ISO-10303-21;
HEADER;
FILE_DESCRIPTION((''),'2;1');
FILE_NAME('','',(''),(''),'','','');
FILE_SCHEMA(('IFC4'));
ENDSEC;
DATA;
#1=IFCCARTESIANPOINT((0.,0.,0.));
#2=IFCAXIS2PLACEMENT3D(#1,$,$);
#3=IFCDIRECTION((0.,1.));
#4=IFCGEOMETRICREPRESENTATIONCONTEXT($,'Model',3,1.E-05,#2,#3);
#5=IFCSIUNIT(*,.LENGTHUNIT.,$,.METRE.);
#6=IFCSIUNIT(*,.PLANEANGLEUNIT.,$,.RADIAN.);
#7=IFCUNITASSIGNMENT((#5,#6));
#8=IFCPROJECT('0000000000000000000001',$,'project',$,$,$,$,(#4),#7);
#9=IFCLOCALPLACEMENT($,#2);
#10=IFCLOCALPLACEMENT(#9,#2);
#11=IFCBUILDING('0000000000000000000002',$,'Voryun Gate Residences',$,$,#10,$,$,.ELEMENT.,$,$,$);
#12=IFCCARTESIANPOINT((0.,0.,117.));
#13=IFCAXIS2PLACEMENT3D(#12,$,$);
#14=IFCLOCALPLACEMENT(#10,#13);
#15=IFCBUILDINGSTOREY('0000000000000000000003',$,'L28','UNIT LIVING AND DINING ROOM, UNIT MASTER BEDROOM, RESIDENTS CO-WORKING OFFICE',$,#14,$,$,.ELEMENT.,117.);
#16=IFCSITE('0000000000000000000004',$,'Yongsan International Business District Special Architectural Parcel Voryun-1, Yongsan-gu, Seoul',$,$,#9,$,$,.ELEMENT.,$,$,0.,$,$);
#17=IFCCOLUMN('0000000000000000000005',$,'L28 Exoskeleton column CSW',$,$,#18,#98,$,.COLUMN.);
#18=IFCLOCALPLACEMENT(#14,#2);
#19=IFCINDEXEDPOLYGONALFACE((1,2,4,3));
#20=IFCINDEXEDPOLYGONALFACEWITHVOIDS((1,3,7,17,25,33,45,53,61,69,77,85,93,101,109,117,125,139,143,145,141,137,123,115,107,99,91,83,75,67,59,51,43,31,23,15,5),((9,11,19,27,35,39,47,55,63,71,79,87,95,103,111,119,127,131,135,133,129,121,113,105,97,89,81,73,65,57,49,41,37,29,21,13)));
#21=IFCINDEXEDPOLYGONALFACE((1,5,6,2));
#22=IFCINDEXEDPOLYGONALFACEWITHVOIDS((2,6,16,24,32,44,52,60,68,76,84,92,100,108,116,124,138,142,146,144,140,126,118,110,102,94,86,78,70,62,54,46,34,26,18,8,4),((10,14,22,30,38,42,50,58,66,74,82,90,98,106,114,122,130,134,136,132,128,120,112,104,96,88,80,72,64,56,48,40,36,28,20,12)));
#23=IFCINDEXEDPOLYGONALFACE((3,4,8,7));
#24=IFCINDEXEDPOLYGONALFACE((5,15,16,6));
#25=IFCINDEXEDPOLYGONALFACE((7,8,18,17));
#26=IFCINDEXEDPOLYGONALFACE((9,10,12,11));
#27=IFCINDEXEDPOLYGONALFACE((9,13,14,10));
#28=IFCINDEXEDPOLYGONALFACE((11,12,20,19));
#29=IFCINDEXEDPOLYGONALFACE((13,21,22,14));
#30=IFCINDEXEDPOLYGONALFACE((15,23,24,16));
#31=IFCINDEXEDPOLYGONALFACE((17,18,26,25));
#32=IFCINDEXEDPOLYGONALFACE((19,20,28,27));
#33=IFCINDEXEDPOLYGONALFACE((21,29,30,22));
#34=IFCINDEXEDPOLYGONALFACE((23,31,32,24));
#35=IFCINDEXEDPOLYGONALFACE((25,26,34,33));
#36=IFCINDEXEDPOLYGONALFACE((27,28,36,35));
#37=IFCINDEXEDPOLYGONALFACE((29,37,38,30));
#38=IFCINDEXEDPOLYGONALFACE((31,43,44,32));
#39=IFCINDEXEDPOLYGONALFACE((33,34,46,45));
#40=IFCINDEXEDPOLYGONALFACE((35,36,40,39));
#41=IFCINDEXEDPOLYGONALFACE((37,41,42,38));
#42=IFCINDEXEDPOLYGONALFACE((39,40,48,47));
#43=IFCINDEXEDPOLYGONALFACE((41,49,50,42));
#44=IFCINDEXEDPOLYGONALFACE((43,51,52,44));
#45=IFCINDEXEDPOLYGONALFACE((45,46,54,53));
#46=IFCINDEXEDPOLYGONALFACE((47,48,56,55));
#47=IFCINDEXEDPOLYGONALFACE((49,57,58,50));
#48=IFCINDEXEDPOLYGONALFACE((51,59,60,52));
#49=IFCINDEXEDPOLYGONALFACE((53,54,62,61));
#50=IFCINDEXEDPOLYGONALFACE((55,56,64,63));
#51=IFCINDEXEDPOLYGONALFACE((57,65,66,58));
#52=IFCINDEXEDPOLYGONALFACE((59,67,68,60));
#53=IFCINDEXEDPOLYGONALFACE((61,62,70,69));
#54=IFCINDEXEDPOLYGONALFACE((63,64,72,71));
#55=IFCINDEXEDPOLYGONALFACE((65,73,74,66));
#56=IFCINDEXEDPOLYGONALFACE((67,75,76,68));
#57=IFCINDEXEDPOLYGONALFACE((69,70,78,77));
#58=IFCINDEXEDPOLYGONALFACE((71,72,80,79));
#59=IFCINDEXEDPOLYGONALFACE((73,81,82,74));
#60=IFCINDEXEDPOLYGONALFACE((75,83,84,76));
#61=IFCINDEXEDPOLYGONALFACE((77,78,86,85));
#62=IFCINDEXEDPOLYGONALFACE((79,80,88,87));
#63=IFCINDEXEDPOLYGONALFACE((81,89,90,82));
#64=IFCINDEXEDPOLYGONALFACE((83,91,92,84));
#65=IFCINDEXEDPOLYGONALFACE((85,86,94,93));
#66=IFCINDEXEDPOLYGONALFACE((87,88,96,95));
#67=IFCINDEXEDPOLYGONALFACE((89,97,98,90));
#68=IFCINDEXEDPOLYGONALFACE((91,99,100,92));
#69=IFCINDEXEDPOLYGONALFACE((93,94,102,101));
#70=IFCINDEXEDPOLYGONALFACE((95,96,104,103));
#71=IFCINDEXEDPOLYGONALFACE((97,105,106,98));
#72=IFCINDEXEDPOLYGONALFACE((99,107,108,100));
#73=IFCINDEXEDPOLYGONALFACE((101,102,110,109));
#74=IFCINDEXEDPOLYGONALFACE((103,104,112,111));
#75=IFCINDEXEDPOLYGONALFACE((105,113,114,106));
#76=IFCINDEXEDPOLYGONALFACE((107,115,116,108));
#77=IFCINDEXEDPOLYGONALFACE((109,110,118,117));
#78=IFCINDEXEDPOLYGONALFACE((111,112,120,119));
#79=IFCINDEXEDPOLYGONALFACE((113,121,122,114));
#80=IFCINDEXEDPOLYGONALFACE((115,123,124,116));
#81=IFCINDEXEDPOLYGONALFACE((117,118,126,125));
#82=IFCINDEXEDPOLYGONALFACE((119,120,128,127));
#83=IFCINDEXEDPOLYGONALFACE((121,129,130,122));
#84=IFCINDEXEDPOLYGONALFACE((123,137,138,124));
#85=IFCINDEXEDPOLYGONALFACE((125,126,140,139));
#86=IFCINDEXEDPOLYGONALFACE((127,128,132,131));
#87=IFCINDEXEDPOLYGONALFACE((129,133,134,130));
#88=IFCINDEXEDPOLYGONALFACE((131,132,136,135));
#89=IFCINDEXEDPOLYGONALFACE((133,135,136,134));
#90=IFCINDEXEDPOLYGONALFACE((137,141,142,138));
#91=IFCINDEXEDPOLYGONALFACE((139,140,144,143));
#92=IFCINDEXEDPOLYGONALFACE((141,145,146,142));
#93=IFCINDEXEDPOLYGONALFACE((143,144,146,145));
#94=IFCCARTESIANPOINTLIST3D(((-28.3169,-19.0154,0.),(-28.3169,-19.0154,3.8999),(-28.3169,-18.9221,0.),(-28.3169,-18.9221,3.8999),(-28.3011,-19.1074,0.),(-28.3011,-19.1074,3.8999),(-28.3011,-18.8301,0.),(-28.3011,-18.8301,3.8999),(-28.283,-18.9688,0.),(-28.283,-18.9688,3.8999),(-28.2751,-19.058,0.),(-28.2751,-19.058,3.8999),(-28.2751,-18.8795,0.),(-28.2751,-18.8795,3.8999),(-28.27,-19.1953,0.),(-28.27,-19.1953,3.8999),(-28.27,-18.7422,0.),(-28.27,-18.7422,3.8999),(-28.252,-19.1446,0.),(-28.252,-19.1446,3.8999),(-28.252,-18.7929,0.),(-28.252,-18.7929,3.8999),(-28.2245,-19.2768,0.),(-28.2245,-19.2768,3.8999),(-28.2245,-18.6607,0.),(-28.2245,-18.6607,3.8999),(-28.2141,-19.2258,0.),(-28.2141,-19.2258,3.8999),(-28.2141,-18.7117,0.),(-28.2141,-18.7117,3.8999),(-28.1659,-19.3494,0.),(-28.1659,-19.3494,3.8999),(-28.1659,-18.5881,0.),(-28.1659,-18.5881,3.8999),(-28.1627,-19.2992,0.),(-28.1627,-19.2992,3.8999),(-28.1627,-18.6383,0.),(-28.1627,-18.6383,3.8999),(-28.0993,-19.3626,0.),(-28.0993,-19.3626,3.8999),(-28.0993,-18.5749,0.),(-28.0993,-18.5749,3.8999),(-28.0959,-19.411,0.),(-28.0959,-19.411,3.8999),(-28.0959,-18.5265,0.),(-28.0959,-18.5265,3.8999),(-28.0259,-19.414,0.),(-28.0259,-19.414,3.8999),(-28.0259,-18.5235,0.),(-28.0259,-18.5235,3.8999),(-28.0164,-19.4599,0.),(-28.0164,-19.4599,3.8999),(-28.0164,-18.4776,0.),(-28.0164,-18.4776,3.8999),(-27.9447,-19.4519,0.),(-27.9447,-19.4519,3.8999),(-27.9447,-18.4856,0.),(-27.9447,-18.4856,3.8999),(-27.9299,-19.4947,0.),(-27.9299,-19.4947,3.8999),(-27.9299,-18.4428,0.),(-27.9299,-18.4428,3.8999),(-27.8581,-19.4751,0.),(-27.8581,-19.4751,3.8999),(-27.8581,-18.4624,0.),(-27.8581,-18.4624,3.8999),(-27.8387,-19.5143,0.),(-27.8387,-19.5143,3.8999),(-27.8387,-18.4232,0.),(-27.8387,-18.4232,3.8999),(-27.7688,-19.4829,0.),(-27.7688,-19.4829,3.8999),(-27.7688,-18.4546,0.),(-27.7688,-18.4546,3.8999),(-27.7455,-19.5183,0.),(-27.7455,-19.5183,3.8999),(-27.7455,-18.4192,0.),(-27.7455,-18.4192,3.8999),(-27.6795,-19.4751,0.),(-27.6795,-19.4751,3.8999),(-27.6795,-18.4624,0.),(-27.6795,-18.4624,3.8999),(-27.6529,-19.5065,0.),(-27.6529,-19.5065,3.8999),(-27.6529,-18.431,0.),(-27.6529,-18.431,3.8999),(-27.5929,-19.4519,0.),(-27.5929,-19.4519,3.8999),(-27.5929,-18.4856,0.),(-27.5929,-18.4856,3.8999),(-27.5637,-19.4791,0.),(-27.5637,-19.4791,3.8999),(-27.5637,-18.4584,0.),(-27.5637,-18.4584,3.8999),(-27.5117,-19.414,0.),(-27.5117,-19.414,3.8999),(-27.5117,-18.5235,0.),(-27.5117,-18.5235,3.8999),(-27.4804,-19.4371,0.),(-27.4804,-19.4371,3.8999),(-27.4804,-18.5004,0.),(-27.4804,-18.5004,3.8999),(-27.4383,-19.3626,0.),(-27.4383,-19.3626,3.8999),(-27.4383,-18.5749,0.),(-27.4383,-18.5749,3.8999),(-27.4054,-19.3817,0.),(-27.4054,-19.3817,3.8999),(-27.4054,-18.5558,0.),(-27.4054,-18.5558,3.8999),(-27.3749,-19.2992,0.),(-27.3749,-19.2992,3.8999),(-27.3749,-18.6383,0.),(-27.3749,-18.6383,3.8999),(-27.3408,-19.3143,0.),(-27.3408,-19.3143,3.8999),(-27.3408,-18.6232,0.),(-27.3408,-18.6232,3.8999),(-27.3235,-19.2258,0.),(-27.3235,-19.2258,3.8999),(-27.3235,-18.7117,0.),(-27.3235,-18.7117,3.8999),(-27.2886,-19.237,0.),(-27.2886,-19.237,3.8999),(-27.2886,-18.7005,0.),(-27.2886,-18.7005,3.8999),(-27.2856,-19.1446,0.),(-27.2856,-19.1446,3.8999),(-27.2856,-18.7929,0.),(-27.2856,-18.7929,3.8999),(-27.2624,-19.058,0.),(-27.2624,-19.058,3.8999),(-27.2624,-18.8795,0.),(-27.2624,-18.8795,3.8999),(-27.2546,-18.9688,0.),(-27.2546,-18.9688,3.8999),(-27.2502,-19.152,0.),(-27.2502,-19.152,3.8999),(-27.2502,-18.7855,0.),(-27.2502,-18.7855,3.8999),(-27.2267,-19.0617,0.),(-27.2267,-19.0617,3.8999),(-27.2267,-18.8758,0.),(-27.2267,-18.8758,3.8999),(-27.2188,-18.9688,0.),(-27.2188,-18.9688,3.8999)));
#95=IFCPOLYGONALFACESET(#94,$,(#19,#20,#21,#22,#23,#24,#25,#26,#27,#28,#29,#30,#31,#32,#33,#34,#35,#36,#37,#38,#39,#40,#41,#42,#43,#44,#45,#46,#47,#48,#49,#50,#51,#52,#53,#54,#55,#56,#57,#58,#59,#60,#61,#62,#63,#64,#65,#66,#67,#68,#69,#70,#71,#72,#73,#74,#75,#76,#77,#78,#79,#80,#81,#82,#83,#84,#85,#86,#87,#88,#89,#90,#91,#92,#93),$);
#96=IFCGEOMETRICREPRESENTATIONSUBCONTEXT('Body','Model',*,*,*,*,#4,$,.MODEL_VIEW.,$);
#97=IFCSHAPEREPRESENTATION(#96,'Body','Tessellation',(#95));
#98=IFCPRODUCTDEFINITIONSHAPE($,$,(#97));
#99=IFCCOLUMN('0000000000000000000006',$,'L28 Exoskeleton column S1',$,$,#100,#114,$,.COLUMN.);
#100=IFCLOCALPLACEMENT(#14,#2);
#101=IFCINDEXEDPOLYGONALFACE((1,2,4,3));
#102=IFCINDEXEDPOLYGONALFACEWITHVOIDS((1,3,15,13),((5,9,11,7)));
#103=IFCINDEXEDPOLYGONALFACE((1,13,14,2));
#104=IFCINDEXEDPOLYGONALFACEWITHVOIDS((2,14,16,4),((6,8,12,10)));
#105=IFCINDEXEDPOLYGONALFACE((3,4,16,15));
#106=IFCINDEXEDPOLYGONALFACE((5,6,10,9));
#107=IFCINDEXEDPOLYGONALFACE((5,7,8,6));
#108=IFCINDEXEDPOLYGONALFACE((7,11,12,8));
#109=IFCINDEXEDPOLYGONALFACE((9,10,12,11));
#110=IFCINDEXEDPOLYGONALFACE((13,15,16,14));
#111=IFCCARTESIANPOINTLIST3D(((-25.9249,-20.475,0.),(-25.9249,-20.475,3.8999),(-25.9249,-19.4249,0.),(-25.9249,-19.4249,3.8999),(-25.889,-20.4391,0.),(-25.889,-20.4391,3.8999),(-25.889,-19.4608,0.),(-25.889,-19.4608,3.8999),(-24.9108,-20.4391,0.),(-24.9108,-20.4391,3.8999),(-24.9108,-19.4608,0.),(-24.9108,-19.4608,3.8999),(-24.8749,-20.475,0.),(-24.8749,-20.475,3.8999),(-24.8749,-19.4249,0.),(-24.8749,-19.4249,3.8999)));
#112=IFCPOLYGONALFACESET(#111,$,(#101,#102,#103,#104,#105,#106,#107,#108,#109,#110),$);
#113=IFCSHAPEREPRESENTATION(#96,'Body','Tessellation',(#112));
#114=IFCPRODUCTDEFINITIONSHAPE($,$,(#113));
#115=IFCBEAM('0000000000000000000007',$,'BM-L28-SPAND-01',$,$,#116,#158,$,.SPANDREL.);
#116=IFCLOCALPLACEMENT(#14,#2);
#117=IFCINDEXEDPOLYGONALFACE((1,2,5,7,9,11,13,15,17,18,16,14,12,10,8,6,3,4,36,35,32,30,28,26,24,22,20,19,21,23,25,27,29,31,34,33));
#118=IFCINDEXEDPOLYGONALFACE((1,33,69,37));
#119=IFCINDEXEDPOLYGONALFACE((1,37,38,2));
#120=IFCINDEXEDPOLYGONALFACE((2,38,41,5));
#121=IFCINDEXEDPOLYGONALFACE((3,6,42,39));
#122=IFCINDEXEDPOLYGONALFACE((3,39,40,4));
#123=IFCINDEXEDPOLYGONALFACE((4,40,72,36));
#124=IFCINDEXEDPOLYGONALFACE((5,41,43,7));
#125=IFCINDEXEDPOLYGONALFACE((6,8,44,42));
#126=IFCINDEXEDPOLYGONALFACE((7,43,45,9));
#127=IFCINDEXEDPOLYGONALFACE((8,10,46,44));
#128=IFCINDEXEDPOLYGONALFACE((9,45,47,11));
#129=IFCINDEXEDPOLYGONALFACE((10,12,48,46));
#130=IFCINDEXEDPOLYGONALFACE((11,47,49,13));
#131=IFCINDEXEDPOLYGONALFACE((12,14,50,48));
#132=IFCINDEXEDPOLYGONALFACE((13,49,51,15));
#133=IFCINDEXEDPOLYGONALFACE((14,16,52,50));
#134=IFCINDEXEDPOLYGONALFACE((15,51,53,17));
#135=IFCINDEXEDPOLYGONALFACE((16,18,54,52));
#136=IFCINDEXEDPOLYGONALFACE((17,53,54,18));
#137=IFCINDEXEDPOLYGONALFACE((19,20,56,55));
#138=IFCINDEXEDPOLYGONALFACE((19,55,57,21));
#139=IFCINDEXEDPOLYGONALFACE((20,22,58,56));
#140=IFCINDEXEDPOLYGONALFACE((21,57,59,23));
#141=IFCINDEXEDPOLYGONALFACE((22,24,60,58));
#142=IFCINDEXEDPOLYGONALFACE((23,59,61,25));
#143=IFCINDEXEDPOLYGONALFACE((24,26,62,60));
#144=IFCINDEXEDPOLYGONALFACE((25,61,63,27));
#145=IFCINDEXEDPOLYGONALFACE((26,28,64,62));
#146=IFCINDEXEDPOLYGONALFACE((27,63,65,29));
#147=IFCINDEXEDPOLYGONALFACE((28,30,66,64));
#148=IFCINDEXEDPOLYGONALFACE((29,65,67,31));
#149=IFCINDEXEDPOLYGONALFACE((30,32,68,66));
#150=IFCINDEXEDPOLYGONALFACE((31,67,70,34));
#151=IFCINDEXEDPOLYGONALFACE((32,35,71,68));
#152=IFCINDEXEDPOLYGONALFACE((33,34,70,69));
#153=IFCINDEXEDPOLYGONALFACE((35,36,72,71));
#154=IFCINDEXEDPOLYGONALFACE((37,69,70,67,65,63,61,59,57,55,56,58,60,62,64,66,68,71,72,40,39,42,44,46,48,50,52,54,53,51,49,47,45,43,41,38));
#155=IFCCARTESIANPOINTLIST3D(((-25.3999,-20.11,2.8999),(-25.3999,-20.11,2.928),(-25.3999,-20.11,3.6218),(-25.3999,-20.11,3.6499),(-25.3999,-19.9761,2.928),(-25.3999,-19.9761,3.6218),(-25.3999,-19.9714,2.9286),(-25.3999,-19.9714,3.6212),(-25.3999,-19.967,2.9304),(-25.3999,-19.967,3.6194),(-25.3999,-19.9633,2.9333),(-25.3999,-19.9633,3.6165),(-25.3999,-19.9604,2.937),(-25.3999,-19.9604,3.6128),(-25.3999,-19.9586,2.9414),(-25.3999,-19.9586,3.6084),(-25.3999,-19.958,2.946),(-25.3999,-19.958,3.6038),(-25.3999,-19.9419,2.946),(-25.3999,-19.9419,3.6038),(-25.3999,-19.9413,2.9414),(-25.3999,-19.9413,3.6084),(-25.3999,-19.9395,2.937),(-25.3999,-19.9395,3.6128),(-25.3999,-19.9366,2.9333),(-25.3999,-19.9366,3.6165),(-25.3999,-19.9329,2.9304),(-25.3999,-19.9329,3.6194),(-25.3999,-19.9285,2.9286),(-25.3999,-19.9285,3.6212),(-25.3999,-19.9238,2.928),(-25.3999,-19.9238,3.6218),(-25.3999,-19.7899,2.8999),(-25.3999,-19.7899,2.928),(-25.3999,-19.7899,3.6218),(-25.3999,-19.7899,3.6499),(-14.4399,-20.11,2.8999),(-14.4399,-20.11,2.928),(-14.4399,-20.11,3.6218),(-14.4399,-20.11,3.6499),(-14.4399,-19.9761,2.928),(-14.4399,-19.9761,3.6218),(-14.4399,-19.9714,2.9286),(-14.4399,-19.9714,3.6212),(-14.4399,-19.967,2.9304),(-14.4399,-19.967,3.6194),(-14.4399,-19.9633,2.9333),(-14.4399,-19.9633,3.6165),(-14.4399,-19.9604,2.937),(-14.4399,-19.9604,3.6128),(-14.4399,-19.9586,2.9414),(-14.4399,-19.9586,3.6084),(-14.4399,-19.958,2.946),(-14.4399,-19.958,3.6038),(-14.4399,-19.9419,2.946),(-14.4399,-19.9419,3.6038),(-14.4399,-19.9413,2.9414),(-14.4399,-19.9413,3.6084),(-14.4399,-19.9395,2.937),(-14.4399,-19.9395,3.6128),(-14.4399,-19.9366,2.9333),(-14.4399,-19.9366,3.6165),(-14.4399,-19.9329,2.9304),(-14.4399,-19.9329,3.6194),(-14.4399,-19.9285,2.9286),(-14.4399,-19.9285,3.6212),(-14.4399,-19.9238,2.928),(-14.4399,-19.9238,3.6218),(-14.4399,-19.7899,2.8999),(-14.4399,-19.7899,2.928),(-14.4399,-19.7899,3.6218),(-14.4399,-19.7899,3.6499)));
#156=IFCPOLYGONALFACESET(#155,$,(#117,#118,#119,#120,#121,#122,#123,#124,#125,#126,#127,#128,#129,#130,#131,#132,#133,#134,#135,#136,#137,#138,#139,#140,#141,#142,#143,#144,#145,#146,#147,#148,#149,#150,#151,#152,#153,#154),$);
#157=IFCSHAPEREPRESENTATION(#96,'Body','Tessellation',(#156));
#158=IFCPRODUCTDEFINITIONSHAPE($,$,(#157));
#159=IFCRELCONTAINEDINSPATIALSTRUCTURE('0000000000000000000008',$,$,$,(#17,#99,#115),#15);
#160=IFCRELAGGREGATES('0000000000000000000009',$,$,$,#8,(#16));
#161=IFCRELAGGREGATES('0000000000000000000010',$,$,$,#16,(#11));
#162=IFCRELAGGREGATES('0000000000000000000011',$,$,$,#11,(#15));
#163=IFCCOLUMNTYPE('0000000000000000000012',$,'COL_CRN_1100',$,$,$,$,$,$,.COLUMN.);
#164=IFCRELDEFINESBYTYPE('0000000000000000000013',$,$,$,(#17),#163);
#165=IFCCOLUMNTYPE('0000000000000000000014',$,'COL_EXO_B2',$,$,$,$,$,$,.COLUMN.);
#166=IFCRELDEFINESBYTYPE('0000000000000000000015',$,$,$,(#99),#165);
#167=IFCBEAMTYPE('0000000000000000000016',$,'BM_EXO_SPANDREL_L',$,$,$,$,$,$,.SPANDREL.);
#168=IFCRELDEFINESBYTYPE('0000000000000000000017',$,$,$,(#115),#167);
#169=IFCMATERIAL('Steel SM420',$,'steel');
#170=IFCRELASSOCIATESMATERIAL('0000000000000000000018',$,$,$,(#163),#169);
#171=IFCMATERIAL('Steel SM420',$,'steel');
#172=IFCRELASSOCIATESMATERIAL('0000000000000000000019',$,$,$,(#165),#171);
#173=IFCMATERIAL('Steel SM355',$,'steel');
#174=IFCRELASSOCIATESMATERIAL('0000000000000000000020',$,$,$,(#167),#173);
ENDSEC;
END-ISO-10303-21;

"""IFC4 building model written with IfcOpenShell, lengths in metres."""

from ifc_helpers import new_model, si_unit, direction, frame, origin, origin_2d, place, context, subcontext, project, spatial, hollow_rectangle, hollow_circle, i_section, extrude, material, material_profile, profile_set, type_object, element, save


model = new_model("IFC4")

# Units and contexts
model_context = context("Model", 3, precision=1e-05, world=origin(), true_north=direction((0.0, 1.0)))
body_context = subcontext(model_context, "Body", "Model", "MODEL_VIEW")
ifc_project = project(units=[si_unit("LENGTHUNIT", "METRE"), si_unit("PLANEANGLEUNIT", "RADIAN")], contexts=[model_context])

# Site, building, storey
site_placement = place(None, origin())
site = spatial("IfcSite", under=ifc_project, at=site_placement, Name="Yongsan International Business District Special Architectural Parcel Voryun-1, Yongsan-gu, Seoul", CompositionType="ELEMENT", RefElevation=0.0)
building_placement = place(site_placement, origin())
building = spatial("IfcBuilding", under=site, at=building_placement, Name="Voryun Gate Residences", CompositionType="ELEMENT")
storey_placement = place(building_placement, frame((0.0, 0.0, 117.0)))
storey = spatial("IfcBuildingStorey", under=building, at=storey_placement, Name="L28", Description="UNIT LIVING AND DINING ROOM, UNIT MASTER BEDROOM, RESIDENTS CO-WORKING OFFICE", CompositionType="ELEMENT", Elevation=117.0)

# Columns
ifc_material_1 = material(Name="Steel SM420", Category="steel")
ifc_material_profile_1 = material_profile(ifc_material_1, hollow_circle(Radius=0.55, WallThickness=0.0359, at=origin_2d()), Name="CHS-1100x36")
ifc_profile_set_1 = profile_set([ifc_material_profile_1], Name="Steel SM420")
column_type_1 = type_object("IfcColumnType", Name="COL_CRN_1100", PredefinedType="COLUMN", material=ifc_profile_set_1)
column_1_placement = place(storey_placement, frame((-27.7688, -18.9688, 0.0), z_axis=(0.0, 0.0, 1.0), x_axis=(1.0, 0.0, 0.0)))
element("IfcColumn", 1, at=column_1_placement, inside=storey, type_object=column_type_1, Name="L28 Exoskeleton column CSW", PredefinedType="COLUMN", context=body_context, shape_type="SweptSolid", body=[
    extrude(hollow_circle(Radius=0.55, WallThickness=0.0359, at=origin_2d()), origin(), (0.0, 0.0, 1.0), 3.8999),
])
ifc_material_2 = material(Name="Steel SM420", Category="steel")
ifc_material_profile_2 = material_profile(ifc_material_2, hollow_rectangle(XDim=1.05, YDim=1.05, WallThickness=0.0359, at=origin_2d()), Name="BOX-1050x1050x36")
ifc_profile_set_2 = profile_set([ifc_material_profile_2], Name="Steel SM420")
column_type_2 = type_object("IfcColumnType", Name="COL_EXO_B2", PredefinedType="COLUMN", material=ifc_profile_set_2)
column_2_placement = place(storey_placement, frame((-25.3999, -19.95, 0.0), z_axis=(0.0, 0.0, 1.0), x_axis=(1.0, 0.0, 0.0)))
element("IfcColumn", 2, at=column_2_placement, inside=storey, type_object=column_type_2, Name="L28 Exoskeleton column S1", PredefinedType="COLUMN", context=body_context, shape_type="SweptSolid", body=[
    extrude(hollow_rectangle(XDim=1.05, YDim=1.05, WallThickness=0.0359, at=origin_2d()), origin(), (0.0, 0.0, 1.0), 3.8999),
])

# Beam
ifc_material_3 = material(Name="Steel SM355", Category="steel")
ifc_material_profile_3 = material_profile(ifc_material_3, i_section(OverallWidth=0.3201, OverallDepth=0.75, WebThickness=0.0161, FlangeThickness=0.0281, FilletRadius=0.0181, at=origin_2d()), Name="H-750x320x16x28")
ifc_profile_set_3 = profile_set([ifc_material_profile_3], Name="Steel SM355")
beam_type = type_object("IfcBeamType", Name="BM_EXO_SPANDREL_L", PredefinedType="SPANDREL", material=ifc_profile_set_3)
beam_1_placement = place(storey_placement, frame((-25.3999, -19.95, 3.2749), z_axis=(1.0, 0.0, 0.0), x_axis=(0.0, 1.0, 0.0)))
element("IfcBeam", 3, at=beam_1_placement, inside=storey, type_object=beam_type, Name="BM-L28-SPAND-01", PredefinedType="SPANDREL", context=body_context, shape_type="SweptSolid", body=[
    extrude(i_section(OverallWidth=0.3201, OverallDepth=0.75, WebThickness=0.0161, FlangeThickness=0.0281, FilletRadius=0.0181, at=origin_2d()), origin(), (0.0, 0.0, 1.0), 10.96),
])

save(model, "model.ifc")
